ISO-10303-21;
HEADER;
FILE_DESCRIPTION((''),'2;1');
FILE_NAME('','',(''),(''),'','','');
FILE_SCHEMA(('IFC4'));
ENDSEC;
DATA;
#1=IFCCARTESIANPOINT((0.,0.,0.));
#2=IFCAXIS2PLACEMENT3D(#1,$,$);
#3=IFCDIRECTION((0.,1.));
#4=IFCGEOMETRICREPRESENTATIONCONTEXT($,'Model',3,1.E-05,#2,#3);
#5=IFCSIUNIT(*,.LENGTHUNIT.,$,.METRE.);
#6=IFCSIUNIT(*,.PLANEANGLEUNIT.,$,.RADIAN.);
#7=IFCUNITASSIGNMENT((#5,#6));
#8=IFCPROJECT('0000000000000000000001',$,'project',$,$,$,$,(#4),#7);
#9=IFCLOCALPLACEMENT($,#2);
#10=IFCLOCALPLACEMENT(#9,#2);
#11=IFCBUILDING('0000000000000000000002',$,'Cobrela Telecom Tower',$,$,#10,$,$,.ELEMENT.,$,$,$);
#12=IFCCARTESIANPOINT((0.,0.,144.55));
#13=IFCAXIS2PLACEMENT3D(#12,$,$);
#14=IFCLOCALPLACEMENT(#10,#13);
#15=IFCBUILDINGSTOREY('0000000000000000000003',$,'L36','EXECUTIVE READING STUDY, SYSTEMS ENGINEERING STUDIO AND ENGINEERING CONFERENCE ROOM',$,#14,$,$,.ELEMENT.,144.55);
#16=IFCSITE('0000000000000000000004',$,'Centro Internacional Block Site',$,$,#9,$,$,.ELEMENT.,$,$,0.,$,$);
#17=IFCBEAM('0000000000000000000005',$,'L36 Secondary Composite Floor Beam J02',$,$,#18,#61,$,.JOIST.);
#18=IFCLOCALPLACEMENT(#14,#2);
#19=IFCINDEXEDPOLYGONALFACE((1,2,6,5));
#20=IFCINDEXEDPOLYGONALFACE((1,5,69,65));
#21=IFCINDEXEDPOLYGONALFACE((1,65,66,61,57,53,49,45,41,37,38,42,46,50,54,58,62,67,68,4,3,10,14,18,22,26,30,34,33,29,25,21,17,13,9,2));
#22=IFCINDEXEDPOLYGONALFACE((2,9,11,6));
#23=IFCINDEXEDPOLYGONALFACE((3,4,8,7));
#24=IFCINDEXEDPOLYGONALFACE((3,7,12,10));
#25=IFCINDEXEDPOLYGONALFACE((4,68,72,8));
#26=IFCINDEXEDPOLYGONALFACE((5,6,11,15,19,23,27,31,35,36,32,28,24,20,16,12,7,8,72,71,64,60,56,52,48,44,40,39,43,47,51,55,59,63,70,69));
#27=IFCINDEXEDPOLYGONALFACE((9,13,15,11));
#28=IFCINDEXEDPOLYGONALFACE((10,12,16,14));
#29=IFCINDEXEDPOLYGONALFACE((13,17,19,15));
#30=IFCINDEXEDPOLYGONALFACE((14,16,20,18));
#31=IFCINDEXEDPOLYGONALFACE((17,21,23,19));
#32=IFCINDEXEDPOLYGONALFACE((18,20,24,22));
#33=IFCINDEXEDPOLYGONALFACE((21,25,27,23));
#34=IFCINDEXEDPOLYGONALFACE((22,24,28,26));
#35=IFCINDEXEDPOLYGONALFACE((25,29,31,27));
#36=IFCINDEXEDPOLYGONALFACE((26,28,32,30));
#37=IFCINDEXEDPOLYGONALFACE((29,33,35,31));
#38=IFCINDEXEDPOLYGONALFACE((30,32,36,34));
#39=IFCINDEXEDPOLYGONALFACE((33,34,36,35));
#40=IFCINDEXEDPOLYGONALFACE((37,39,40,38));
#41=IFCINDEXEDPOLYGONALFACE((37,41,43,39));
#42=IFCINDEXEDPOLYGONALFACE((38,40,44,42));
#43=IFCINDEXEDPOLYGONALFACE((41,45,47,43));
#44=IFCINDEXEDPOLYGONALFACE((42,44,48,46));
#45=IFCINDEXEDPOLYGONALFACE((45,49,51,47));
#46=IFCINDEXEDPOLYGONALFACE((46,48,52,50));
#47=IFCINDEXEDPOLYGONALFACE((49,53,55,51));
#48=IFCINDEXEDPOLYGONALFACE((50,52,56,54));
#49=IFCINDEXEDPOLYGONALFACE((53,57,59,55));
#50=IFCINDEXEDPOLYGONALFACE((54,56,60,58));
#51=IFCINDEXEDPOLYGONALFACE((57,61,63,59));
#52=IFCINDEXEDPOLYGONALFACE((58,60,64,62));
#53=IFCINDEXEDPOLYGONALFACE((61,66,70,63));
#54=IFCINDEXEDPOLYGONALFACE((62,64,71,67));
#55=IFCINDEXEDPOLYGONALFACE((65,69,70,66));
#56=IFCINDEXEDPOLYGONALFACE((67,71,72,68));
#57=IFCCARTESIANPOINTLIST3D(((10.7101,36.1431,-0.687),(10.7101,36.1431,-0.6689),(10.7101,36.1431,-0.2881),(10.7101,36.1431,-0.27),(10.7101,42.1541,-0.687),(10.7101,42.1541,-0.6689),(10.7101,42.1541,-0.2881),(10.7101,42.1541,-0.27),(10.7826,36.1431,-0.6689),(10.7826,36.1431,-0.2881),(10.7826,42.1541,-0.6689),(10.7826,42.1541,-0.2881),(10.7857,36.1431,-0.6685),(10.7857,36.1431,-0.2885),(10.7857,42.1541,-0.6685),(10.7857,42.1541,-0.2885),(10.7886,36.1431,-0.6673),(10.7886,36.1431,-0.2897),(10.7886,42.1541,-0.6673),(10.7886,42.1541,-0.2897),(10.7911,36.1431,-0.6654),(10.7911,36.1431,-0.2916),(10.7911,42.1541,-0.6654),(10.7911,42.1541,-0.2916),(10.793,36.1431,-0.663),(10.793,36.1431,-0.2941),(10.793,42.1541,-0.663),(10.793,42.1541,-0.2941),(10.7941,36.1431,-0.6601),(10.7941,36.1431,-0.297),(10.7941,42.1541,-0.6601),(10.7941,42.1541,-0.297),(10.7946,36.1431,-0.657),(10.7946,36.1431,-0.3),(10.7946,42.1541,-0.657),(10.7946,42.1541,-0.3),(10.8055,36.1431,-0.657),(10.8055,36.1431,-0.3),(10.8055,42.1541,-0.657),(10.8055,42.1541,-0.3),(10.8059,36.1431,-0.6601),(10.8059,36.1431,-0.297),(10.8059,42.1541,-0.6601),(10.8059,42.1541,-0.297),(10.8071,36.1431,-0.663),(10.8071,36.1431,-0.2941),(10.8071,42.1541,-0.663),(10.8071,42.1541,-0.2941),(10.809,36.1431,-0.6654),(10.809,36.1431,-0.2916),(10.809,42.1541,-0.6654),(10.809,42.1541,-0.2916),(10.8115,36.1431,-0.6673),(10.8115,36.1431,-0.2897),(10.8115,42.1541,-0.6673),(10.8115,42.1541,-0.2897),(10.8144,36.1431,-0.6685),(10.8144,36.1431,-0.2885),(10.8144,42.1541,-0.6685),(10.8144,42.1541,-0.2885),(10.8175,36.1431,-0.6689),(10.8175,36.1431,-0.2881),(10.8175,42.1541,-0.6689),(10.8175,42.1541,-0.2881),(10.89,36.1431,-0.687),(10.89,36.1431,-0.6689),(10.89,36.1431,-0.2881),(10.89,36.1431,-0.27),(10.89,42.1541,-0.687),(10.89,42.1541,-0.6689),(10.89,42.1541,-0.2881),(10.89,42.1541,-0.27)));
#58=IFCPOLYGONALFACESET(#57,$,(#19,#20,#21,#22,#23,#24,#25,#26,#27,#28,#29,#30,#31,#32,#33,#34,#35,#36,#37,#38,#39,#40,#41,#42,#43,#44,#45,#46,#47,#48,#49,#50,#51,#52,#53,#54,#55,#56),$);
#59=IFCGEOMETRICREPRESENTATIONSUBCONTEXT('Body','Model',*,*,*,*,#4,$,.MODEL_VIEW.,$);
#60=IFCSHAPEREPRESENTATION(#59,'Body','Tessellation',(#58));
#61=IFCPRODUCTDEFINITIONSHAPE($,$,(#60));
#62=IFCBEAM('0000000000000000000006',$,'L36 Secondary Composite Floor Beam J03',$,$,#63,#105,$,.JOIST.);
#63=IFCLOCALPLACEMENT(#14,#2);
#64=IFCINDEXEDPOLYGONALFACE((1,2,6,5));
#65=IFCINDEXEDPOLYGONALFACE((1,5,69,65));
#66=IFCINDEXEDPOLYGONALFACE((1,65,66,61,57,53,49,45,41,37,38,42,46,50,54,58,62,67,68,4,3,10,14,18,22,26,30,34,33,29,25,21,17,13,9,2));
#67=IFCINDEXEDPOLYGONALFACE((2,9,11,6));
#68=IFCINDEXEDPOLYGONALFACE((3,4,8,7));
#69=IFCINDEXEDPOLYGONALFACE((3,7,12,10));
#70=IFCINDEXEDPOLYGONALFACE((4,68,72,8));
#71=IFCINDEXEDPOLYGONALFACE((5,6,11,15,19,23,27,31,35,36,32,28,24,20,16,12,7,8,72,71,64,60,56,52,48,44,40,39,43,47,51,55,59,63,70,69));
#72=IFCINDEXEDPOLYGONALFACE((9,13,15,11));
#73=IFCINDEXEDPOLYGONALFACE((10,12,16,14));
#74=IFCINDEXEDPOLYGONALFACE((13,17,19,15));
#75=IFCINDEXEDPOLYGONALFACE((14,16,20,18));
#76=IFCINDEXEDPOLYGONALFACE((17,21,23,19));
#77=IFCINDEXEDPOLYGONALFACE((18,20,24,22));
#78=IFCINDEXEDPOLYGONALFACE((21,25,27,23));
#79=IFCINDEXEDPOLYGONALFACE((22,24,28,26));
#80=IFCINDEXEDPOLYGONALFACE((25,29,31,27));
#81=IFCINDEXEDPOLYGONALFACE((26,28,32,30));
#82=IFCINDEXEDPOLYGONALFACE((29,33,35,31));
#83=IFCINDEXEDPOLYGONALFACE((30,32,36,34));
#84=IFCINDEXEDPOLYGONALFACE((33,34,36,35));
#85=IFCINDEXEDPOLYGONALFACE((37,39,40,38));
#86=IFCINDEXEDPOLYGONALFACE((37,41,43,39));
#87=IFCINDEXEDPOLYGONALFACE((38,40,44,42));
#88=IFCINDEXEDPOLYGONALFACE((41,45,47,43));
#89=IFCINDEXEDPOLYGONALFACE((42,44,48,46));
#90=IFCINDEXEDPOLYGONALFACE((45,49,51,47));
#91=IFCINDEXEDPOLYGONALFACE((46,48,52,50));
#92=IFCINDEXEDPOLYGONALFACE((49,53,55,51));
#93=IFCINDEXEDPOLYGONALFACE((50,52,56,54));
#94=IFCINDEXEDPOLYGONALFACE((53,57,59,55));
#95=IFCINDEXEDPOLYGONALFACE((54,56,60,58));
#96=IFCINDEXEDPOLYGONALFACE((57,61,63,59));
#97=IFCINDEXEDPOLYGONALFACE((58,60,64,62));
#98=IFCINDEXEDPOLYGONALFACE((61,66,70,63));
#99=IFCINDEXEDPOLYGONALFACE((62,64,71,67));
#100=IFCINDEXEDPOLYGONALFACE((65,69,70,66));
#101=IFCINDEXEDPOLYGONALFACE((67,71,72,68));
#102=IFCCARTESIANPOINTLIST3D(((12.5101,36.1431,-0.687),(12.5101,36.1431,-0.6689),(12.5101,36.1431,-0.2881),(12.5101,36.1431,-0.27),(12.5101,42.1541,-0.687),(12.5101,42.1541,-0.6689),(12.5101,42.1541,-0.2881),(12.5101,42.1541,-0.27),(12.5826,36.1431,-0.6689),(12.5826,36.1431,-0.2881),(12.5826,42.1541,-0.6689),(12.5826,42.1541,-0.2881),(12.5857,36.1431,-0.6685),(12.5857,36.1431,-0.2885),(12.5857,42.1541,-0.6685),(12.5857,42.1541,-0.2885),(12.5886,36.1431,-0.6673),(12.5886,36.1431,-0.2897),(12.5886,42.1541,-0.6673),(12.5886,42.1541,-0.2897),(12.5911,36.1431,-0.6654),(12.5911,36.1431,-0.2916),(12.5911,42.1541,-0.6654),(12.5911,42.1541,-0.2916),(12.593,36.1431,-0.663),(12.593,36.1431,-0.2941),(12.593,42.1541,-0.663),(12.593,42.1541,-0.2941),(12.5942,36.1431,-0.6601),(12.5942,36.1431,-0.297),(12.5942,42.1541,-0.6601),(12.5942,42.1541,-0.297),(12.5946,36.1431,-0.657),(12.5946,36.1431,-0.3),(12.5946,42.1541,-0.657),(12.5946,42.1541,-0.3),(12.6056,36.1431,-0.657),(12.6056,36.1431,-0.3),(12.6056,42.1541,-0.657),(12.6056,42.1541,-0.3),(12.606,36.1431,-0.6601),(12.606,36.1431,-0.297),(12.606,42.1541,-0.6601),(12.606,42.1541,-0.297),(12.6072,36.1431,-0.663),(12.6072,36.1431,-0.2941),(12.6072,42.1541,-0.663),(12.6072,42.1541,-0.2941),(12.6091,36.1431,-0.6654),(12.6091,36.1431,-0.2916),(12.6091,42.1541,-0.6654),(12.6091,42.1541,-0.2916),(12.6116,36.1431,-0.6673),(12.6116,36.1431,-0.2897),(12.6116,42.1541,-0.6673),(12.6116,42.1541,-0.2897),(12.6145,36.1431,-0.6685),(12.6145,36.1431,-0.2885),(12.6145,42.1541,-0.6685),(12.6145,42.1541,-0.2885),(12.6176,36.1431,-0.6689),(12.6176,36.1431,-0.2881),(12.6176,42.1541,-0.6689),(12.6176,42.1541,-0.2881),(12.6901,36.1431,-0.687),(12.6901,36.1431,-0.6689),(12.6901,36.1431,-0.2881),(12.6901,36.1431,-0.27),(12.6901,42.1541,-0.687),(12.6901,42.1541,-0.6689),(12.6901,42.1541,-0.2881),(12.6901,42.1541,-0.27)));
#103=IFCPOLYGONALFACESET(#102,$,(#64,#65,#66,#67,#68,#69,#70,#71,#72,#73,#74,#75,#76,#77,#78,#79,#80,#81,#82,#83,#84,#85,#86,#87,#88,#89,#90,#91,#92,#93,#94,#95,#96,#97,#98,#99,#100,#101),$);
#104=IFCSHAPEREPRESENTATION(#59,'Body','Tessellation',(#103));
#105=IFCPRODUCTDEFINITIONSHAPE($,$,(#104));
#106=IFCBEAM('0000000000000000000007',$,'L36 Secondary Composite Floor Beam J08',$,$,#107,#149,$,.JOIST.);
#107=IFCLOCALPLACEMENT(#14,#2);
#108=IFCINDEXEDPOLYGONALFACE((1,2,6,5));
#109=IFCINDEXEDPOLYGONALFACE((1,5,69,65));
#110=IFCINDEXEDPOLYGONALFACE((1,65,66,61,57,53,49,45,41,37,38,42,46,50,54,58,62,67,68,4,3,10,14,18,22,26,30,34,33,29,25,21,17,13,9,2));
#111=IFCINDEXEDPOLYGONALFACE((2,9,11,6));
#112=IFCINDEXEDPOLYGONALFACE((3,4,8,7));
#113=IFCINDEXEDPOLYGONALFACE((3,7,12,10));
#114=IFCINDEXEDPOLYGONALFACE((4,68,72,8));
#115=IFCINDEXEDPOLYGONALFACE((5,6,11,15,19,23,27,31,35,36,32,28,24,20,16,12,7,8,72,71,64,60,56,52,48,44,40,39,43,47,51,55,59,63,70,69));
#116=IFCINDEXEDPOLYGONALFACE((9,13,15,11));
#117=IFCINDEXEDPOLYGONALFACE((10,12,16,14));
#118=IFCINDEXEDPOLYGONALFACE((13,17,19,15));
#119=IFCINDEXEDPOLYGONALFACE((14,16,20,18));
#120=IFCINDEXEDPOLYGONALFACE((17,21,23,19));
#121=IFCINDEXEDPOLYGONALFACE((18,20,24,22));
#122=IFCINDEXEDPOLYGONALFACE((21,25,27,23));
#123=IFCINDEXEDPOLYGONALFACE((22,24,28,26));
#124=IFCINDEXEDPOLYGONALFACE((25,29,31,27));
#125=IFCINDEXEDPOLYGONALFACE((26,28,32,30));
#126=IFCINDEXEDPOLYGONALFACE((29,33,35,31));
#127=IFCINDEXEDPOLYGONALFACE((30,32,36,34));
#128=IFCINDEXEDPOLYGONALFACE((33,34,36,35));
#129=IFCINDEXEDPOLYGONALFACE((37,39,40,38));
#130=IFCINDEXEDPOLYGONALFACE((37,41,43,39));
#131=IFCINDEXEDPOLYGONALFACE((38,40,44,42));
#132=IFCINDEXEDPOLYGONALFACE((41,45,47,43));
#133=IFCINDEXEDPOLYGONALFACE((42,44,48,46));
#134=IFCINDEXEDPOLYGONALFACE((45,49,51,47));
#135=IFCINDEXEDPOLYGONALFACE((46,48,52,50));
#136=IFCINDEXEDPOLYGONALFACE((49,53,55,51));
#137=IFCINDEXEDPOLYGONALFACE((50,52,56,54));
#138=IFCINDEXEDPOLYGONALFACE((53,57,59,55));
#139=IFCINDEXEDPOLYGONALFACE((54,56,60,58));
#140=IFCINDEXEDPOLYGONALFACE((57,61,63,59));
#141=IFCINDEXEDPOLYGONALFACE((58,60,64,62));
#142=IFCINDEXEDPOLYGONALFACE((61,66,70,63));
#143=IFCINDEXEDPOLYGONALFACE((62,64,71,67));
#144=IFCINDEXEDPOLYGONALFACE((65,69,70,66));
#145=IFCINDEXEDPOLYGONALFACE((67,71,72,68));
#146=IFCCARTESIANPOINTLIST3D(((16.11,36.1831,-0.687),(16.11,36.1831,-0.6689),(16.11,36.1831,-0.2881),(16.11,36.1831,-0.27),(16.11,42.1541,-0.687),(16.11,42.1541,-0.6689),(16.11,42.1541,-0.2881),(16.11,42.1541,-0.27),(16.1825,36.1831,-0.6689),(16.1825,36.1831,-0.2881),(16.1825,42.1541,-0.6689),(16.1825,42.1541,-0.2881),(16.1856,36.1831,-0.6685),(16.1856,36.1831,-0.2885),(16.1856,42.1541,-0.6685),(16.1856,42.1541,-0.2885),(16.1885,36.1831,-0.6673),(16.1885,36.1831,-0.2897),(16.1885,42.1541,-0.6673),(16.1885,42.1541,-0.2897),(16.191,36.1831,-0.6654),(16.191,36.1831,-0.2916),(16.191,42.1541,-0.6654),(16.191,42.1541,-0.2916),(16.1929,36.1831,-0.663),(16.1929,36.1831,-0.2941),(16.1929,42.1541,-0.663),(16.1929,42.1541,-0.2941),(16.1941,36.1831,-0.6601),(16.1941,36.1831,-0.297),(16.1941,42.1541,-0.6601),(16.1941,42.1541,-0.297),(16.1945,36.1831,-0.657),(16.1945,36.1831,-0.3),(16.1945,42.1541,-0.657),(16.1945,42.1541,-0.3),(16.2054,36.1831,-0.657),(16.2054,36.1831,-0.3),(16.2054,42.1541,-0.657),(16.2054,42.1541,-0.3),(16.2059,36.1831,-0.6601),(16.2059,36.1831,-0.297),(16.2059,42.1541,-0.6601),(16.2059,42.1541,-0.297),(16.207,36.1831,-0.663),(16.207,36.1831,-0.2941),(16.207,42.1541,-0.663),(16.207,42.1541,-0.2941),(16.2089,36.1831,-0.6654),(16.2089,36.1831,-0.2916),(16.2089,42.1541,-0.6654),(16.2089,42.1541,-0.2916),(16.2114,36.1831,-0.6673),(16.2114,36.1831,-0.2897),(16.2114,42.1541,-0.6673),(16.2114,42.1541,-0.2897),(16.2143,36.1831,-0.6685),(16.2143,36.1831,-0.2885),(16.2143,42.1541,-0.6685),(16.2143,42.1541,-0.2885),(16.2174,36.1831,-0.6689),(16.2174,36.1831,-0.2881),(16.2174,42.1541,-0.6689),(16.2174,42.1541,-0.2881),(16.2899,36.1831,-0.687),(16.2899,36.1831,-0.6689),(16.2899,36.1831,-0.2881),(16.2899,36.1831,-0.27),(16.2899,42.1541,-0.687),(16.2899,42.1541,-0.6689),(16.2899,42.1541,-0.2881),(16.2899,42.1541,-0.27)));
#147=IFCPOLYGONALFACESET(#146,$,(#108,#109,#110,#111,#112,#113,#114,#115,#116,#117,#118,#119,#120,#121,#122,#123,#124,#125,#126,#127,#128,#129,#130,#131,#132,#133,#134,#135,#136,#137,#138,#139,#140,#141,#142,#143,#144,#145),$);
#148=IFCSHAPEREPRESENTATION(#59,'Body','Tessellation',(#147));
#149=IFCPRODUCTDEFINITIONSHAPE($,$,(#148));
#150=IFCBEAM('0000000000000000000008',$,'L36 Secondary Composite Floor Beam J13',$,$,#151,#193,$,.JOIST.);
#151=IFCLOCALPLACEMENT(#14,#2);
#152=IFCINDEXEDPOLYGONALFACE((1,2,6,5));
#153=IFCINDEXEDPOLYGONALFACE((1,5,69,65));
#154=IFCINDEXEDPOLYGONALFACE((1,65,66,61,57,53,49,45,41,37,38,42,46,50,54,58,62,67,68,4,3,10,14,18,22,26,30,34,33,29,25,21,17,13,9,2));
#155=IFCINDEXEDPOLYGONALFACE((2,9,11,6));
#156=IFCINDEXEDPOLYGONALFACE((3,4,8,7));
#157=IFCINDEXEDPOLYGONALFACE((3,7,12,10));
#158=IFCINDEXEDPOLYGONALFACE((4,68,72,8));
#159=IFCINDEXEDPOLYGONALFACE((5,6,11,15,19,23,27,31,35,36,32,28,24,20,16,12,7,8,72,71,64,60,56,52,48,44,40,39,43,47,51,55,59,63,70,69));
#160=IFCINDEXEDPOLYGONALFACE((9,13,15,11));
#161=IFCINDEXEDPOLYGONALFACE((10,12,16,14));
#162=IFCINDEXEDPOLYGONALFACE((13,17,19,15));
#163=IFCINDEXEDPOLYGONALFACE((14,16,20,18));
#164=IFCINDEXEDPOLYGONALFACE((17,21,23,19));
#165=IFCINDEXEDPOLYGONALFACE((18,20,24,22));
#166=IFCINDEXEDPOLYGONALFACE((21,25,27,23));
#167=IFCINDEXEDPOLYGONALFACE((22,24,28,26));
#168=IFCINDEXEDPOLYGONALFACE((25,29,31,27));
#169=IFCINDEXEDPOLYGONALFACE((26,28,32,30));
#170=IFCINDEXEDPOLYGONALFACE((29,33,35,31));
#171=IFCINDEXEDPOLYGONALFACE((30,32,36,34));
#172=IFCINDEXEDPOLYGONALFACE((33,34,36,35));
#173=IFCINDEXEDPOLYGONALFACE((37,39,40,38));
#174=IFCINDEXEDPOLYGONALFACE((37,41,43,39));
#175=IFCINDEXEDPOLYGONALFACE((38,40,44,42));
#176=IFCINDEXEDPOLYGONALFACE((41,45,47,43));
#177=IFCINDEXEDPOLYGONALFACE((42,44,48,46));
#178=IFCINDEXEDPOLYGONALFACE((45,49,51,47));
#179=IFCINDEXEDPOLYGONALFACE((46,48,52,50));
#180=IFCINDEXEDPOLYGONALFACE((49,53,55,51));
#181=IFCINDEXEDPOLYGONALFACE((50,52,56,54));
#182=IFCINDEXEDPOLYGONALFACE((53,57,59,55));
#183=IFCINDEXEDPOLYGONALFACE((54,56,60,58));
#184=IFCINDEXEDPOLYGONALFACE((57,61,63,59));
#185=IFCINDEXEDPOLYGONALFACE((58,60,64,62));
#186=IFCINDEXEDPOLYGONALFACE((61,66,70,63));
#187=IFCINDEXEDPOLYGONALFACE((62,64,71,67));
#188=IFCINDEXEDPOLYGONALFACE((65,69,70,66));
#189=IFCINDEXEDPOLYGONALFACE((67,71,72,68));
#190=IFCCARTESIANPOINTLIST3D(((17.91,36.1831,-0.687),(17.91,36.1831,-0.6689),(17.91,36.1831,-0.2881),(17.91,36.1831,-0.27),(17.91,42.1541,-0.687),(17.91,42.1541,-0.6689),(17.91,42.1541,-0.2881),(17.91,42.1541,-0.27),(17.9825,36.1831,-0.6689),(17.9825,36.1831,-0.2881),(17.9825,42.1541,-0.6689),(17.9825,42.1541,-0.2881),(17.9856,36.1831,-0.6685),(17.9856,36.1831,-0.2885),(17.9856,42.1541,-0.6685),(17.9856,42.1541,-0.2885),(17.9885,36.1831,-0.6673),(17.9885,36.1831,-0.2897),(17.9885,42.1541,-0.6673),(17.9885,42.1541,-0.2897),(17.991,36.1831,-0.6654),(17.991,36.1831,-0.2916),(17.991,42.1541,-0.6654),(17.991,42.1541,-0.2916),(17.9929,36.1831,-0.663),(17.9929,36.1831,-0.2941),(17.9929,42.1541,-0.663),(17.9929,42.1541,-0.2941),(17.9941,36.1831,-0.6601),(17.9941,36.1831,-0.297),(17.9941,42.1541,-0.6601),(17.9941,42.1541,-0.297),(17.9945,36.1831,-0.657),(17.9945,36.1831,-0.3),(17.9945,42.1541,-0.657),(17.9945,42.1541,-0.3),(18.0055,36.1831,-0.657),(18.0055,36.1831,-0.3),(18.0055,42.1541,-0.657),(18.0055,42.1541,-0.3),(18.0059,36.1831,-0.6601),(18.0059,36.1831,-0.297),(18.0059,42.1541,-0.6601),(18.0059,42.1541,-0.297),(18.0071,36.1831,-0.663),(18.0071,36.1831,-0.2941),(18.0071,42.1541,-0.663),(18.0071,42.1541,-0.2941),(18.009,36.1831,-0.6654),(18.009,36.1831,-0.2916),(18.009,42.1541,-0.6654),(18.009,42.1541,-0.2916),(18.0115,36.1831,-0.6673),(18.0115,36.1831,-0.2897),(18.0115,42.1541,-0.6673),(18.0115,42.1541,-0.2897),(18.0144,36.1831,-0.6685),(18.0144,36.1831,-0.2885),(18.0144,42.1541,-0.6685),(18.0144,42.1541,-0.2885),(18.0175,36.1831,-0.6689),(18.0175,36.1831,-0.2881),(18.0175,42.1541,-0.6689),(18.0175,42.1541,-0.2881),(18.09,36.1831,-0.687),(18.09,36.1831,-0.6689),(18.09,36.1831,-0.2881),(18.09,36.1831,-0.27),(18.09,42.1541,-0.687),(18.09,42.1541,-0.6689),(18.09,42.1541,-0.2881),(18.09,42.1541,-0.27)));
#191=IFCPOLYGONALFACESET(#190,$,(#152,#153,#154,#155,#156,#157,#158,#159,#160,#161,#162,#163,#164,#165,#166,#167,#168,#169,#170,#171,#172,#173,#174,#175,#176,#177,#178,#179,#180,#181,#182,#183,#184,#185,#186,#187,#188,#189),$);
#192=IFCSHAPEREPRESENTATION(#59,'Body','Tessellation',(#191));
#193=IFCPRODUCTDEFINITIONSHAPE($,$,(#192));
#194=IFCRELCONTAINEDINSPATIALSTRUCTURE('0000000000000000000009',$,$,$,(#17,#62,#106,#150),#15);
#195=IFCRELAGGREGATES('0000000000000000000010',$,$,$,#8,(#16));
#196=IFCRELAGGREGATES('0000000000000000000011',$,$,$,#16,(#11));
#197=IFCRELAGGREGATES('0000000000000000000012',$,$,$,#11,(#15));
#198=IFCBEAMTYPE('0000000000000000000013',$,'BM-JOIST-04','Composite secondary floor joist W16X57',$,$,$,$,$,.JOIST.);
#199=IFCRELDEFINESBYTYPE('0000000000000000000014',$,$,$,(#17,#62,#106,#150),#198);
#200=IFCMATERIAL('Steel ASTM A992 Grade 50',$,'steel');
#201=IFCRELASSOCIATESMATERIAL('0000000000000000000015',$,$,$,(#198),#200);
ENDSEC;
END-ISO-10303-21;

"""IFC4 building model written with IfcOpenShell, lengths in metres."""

from ifc_helpers import new_model, si_unit, direction, frame, origin, origin_2d, place, context, subcontext, project, spatial, i_section, extrude, material, material_profile, profile_set, type_object, element, save


model = new_model("IFC4")

# Units and contexts
model_context = context("Model", 3, precision=1e-05, world=origin(), true_north=direction((0.0, 1.0)))
body_context = subcontext(model_context, "Body", "Model", "MODEL_VIEW")
ifc_project = project(units=[si_unit("LENGTHUNIT", "METRE"), si_unit("PLANEANGLEUNIT", "RADIAN")], contexts=[model_context])

# Site, building, storey
site_placement = place(None, origin())
site = spatial("IfcSite", under=ifc_project, at=site_placement, Name="Centro Internacional Block Site", CompositionType="ELEMENT", RefElevation=0.0)
building_placement = place(site_placement, origin())
building = spatial("IfcBuilding", under=site, at=building_placement, Name="Cobrela Telecom Tower", CompositionType="ELEMENT")
storey_placement = place(building_placement, frame((0.0, 0.0, 144.55)))
storey = spatial("IfcBuildingStorey", under=building, at=storey_placement, Name="L36", Description="EXECUTIVE READING STUDY, SYSTEMS ENGINEERING STUDIO AND ENGINEERING CONFERENCE ROOM", CompositionType="ELEMENT", Elevation=144.55)

# Beams
ifc_material_1 = material(Name="Steel ASTM A992 Grade 50", Category="steel")
ifc_material_profile_1 = material_profile(ifc_material_1, i_section(OverallWidth=0.1799, OverallDepth=0.417, WebThickness=0.011, FlangeThickness=0.0181, FilletRadius=0.012, at=origin_2d()), Name="W16X57")
ifc_profile_set_1 = profile_set([ifc_material_profile_1], Name="Steel ASTM A992 Grade 50")
beam_type_1 = type_object("IfcBeamType", Name="BM-JOIST-04", Description="Composite secondary floor joist W16X57", PredefinedType="JOIST", material=ifc_profile_set_1)
for number, where, z_axis, x_axis, name in (
    (1, (10.8, 36.1431, -0.4785), (0.0, 1.0, 0.0), (-1.0, 0.0, 0.0), "L36 Secondary Composite Floor Beam J02"),
    (2, (12.6001, 36.1431, -0.4785), (0.0, 1.0, 0.0), (-1.0, 0.0, 0.0), "L36 Secondary Composite Floor Beam J03"),
):
    element("IfcBeam", number, at=place(storey_placement, frame(where, z_axis=z_axis, x_axis=x_axis)), inside=storey, type_object=beam_type_1, Name=name, PredefinedType="JOIST", context=body_context, shape_type="SweptSolid", body=[
        extrude(i_section(OverallWidth=0.1799, OverallDepth=0.417, WebThickness=0.011, FlangeThickness=0.0181, FilletRadius=0.012, at=origin_2d()), origin(), (0.0, 0.0, 1.0), 6.011),
    ])
for number, where, z_axis, x_axis, name in (
    (3, (16.2, 36.1831, -0.4785), (0.0, 1.0, 0.0), (-1.0, 0.0, 0.0), "L36 Secondary Composite Floor Beam J08"),
    (4, (18.0, 36.1831, -0.4785), (0.0, 1.0, 0.0), (-1.0, 0.0, 0.0), "L36 Secondary Composite Floor Beam J13"),
):
    element("IfcBeam", number, at=place(storey_placement, frame(where, z_axis=z_axis, x_axis=x_axis)), inside=storey, type_object=beam_type_1, Name=name, PredefinedType="JOIST", context=body_context, shape_type="SweptSolid", body=[
        extrude(i_section(OverallWidth=0.1799, OverallDepth=0.417, WebThickness=0.011, FlangeThickness=0.0181, FilletRadius=0.012, at=origin_2d()), origin(), (0.0, 0.0, 1.0), 5.9709),
    ])

save(model, "model.ifc")
